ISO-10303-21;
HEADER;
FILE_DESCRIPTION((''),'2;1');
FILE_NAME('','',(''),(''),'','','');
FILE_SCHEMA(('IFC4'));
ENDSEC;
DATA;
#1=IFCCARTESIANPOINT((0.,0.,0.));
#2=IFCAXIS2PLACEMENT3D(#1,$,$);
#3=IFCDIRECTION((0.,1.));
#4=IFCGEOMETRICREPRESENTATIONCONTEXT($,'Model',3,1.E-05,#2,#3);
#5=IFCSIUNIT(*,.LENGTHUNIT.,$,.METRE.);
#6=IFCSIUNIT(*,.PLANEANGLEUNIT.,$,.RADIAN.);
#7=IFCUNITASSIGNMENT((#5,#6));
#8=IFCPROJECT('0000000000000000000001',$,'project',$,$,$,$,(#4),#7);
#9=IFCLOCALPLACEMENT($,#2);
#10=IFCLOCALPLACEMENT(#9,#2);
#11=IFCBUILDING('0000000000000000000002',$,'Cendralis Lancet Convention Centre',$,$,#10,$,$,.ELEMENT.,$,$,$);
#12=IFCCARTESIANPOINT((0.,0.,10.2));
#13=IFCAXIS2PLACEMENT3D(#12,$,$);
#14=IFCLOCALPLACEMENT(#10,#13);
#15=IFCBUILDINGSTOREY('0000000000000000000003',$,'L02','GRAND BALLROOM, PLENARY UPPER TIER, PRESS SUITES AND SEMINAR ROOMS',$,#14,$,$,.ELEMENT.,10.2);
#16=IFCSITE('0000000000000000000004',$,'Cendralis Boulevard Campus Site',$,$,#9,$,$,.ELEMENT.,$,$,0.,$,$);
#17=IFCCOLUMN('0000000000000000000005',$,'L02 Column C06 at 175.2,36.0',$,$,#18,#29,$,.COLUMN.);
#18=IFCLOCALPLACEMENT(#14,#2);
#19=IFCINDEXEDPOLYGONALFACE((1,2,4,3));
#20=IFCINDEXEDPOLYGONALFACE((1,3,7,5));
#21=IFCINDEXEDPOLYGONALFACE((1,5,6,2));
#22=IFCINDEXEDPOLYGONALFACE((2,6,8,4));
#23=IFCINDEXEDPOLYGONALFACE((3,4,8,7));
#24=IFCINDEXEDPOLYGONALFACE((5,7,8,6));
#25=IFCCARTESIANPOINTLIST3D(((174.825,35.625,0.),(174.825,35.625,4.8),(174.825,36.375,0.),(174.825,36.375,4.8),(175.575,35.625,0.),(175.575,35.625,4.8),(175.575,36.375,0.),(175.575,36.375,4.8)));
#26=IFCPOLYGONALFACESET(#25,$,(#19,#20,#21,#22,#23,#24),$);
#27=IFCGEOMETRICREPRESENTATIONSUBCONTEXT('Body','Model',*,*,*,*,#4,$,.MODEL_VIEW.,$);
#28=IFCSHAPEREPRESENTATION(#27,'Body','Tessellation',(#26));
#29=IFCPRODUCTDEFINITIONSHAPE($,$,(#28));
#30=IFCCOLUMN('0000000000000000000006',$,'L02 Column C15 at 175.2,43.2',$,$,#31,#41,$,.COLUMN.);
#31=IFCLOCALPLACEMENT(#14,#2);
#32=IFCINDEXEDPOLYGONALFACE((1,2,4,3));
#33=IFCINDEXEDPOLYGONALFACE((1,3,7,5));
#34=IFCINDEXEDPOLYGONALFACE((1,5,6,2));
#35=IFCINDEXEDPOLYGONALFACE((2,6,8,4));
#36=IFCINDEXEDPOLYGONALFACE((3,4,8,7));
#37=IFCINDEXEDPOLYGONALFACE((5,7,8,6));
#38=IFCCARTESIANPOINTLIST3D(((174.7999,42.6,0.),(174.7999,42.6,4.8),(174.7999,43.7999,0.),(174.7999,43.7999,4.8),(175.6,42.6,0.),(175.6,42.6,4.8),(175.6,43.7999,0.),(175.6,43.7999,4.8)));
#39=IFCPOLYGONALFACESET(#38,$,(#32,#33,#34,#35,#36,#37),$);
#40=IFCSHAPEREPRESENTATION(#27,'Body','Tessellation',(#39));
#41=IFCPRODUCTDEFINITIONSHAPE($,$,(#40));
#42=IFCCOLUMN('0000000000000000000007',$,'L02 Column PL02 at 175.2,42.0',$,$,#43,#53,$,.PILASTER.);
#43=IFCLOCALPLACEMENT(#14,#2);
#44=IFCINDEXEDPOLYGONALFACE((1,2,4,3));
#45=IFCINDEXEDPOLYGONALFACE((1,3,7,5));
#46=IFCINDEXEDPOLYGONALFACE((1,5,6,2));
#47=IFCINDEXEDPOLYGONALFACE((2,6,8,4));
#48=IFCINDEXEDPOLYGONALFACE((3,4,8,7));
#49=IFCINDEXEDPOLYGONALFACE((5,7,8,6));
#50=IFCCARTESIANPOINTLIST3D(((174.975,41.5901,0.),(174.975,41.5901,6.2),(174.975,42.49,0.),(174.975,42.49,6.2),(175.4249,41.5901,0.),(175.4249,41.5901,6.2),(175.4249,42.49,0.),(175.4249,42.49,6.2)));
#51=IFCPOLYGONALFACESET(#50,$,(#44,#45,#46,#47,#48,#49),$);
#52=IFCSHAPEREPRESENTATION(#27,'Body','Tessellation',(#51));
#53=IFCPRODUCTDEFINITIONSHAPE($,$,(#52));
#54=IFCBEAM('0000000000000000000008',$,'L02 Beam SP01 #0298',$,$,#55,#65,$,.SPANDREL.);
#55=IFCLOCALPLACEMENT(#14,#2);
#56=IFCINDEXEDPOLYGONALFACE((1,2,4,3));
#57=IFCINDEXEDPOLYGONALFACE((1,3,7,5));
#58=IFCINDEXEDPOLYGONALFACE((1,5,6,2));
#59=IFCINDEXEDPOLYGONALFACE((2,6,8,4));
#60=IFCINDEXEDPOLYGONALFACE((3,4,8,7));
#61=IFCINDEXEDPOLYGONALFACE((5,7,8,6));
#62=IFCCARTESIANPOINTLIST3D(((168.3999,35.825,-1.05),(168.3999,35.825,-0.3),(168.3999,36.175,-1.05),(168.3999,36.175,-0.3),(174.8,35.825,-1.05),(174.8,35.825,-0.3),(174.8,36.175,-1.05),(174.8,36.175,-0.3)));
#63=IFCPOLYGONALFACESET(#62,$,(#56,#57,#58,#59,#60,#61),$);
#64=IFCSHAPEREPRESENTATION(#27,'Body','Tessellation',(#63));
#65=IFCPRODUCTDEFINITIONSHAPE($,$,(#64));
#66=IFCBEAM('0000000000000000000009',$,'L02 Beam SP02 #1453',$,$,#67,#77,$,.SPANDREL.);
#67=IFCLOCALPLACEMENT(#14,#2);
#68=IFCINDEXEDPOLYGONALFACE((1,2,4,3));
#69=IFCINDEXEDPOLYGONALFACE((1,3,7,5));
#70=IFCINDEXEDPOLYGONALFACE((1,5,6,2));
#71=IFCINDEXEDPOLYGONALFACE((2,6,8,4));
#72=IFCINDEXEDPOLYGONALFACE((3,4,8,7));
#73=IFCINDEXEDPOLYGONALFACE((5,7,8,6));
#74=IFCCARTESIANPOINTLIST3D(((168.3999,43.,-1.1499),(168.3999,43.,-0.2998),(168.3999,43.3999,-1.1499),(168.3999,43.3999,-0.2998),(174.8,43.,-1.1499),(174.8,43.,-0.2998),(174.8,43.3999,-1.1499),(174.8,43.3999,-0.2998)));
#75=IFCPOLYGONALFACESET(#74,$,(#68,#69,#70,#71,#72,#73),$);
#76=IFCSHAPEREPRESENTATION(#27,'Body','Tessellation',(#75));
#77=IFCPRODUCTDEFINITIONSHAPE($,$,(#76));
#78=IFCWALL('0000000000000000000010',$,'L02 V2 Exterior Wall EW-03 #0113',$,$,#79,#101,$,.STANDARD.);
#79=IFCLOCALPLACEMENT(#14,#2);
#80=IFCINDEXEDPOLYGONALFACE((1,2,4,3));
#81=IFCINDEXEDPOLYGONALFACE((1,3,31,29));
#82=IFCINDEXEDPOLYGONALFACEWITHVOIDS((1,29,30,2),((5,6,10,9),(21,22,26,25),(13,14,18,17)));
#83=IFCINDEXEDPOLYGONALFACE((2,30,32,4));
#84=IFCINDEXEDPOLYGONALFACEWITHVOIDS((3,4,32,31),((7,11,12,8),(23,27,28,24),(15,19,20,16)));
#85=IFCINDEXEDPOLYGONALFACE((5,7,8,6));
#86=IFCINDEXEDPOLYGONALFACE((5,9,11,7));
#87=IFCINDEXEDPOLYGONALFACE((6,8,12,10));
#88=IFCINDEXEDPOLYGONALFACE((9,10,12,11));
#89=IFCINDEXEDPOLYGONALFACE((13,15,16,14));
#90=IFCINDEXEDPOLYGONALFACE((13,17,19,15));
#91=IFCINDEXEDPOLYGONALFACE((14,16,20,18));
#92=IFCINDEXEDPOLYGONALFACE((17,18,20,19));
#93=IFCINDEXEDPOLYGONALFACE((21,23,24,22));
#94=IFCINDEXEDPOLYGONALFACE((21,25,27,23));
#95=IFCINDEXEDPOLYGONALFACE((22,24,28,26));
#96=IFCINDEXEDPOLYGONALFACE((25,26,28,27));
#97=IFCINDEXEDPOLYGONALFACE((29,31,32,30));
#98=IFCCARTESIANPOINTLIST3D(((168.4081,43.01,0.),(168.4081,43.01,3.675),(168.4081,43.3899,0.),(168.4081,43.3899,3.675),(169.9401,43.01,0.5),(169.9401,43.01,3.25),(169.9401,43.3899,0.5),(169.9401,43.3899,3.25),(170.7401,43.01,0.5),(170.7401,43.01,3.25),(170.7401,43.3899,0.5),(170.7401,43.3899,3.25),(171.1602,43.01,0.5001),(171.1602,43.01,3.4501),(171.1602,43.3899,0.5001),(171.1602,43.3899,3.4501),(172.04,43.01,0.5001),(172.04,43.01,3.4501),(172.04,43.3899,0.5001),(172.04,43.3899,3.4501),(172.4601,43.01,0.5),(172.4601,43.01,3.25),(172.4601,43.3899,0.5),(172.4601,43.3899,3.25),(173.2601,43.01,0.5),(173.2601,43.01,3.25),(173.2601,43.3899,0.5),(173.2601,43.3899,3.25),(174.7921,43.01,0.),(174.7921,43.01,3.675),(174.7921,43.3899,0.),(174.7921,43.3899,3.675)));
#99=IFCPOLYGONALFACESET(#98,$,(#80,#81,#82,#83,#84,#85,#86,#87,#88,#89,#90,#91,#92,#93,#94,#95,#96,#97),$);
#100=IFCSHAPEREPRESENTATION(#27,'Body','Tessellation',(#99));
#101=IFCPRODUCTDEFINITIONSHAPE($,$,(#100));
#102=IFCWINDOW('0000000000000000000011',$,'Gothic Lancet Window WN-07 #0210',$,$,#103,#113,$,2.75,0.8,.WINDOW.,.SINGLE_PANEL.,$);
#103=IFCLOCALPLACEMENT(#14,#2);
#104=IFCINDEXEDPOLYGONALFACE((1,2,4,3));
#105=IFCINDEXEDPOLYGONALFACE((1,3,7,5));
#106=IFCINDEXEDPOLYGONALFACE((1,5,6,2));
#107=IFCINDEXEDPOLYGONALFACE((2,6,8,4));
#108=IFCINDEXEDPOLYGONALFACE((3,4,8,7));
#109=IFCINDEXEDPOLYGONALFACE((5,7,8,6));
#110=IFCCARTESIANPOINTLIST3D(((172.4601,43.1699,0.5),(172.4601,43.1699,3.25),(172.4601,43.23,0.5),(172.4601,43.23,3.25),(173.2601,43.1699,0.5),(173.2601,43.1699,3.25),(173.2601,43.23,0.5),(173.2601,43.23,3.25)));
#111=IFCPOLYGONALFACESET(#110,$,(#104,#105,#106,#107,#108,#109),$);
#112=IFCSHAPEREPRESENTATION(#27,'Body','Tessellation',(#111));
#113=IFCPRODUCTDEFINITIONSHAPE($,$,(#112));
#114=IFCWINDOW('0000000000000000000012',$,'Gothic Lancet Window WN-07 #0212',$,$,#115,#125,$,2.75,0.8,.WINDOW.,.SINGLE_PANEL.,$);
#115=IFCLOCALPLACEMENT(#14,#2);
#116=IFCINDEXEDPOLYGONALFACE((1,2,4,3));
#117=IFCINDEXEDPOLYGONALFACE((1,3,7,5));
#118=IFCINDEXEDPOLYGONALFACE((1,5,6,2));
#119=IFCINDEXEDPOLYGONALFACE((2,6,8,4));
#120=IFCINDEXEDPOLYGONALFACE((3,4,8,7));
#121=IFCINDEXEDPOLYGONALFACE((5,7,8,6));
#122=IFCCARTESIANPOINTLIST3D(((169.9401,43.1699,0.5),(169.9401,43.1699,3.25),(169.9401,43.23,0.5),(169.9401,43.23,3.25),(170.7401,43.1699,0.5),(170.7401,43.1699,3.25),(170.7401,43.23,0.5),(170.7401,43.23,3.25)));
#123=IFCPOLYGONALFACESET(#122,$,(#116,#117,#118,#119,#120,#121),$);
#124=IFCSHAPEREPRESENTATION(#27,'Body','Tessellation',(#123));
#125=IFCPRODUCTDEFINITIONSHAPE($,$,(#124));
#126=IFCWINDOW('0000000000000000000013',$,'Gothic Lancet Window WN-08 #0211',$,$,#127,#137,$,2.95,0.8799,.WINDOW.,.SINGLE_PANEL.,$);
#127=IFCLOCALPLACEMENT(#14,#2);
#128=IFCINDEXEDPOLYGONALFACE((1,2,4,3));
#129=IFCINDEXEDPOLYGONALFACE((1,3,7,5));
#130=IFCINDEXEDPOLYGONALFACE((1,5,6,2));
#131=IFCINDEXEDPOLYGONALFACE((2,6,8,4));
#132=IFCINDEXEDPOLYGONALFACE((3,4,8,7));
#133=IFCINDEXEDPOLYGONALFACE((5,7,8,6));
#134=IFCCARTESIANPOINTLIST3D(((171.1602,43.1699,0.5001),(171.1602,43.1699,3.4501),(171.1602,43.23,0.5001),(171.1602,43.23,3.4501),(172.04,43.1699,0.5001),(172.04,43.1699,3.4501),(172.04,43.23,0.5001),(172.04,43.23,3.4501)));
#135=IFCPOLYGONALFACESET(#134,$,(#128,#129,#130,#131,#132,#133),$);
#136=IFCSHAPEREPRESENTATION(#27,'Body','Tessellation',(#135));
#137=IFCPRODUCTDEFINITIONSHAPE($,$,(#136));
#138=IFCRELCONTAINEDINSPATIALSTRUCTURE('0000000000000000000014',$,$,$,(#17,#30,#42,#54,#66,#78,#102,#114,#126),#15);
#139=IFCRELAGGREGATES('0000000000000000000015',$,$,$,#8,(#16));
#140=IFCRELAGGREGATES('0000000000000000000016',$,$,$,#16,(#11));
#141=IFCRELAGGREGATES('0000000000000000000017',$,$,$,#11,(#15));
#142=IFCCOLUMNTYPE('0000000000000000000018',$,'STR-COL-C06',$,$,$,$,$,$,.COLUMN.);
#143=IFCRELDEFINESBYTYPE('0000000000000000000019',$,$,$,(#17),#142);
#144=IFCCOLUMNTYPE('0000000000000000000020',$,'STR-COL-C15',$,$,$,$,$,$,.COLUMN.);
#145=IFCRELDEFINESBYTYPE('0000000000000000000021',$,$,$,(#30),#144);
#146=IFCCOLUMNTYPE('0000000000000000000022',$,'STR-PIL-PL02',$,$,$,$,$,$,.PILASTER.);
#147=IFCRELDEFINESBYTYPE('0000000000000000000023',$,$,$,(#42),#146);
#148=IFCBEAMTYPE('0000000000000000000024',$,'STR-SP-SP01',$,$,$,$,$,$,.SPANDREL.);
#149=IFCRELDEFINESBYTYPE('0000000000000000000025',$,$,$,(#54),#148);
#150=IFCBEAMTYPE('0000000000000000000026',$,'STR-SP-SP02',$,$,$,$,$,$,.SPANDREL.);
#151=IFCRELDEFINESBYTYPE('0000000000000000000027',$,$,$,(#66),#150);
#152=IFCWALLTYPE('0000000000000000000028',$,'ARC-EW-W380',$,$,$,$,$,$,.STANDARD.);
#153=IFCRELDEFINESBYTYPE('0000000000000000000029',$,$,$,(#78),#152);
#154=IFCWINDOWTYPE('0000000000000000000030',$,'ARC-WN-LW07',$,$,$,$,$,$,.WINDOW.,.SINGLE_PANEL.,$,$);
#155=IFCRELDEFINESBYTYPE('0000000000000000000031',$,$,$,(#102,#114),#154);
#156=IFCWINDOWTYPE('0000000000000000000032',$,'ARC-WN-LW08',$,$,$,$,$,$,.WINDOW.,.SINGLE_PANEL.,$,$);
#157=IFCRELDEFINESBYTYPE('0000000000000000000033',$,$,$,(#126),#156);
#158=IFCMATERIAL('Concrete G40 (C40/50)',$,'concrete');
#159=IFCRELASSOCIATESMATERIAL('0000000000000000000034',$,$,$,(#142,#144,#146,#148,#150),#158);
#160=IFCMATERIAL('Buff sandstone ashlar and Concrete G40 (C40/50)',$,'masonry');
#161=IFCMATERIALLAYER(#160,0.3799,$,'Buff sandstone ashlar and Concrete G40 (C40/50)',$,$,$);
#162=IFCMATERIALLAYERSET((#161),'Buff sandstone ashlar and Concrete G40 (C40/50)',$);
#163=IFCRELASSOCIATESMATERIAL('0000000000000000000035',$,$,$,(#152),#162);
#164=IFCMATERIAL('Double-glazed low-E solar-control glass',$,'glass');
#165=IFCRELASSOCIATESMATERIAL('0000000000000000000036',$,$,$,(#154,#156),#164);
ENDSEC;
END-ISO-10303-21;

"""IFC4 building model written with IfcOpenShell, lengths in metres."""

from ifc_helpers import new_model, si_unit, direction, frame, frame_2d, origin, origin_2d, place, context, subcontext, project, spatial, rectangle, extrude, material, layer, layer_set, material_profile, profile_set, type_object, element, fill, save


model = new_model("IFC4")

# Units and contexts
model_context = context("Model", 3, precision=1e-05, world=origin(), true_north=direction((0.0, 1.0)))
body_context = subcontext(model_context, "Body", "Model", "MODEL_VIEW")
ifc_project = project(units=[si_unit("LENGTHUNIT", "METRE"), si_unit("PLANEANGLEUNIT", "RADIAN")], contexts=[model_context])

# Site, building, storey
site_placement = place(None, origin())
site = spatial("IfcSite", under=ifc_project, at=site_placement, Name="Cendralis Boulevard Campus Site", CompositionType="ELEMENT", RefElevation=0.0)
building_placement = place(site_placement, origin())
building = spatial("IfcBuilding", under=site, at=building_placement, Name="Cendralis Lancet Convention Centre", CompositionType="ELEMENT")
storey_placement = place(building_placement, frame((0.0, 0.0, 10.2)))
storey = spatial("IfcBuildingStorey", under=building, at=storey_placement, Name="L02", Description="GRAND BALLROOM, PLENARY UPPER TIER, PRESS SUITES AND SEMINAR ROOMS", CompositionType="ELEMENT", Elevation=10.2)

# Columns
ifc_material_1 = material(Name="Concrete G40 (C40/50)", Category="concrete")
ifc_material_profile_1 = material_profile(ifc_material_1, rectangle(XDim=0.75, YDim=0.75, at=origin_2d()), Name="RC 750x750")
ifc_profile_set_1 = profile_set([ifc_material_profile_1], Name="Concrete G40 (C40/50)")
column_type_1 = type_object("IfcColumnType", Name="STR-COL-C06", PredefinedType="COLUMN", material=ifc_profile_set_1)
column_1_placement = place(storey_placement, frame((175.2, 36.0, 0.0), z_axis=(0.0, 0.0, 1.0), x_axis=(1.0, 0.0, 0.0)))
element("IfcColumn", 1, at=column_1_placement, inside=storey, type_object=column_type_1, Name="L02 Column C06 at 175.2,36.0", PredefinedType="COLUMN", context=body_context, shape_type="SweptSolid", body=[
    extrude(rectangle(XDim=0.75, YDim=0.75, at=origin_2d()), origin(), (0.0, 0.0, 1.0), 4.8),
])
ifc_material_profile_2 = material_profile(ifc_material_1, rectangle(XDim=0.8, YDim=1.2, at=origin_2d()), Name="RC 800x1200")
ifc_profile_set_2 = profile_set([ifc_material_profile_2], Name="Concrete G40 (C40/50)")
column_type_2 = type_object("IfcColumnType", Name="STR-COL-C15", PredefinedType="COLUMN", material=ifc_profile_set_2)
column_2_placement = place(storey_placement, frame((175.2, 43.2, 0.0), z_axis=(0.0, 0.0, 1.0), x_axis=(1.0, 0.0, 0.0)))
element("IfcColumn", 2, at=column_2_placement, inside=storey, type_object=column_type_2, Name="L02 Column C15 at 175.2,43.2", PredefinedType="COLUMN", context=body_context, shape_type="SweptSolid", body=[
    extrude(rectangle(XDim=0.8, YDim=1.2, at=origin_2d()), origin(), (0.0, 0.0, 1.0), 4.8),
])
ifc_material_profile_3 = material_profile(ifc_material_1, rectangle(XDim=0.45, YDim=0.8999, at=origin_2d()), Name="RC 450x900")
ifc_profile_set_3 = profile_set([ifc_material_profile_3], Name="Concrete G40 (C40/50)")
column_type_3 = type_object("IfcColumnType", Name="STR-PIL-PL02", PredefinedType="PILASTER", material=ifc_profile_set_3)
column_3_placement = place(storey_placement, frame((175.2, 42.04, 0.0), z_axis=(0.0, 0.0, 1.0), x_axis=(1.0, 0.0, 0.0)))
element("IfcColumn", 3, at=column_3_placement, inside=storey, type_object=column_type_3, Name="L02 Column PL02 at 175.2,42.0", PredefinedType="PILASTER", context=body_context, shape_type="SweptSolid", body=[
    extrude(rectangle(XDim=0.45, YDim=0.8999, at=origin_2d()), origin(), (0.0, 0.0, 1.0), 6.2),
])

# Beams
ifc_material_profile_4 = material_profile(ifc_material_1, rectangle(XDim=0.3501, YDim=0.75, at=origin_2d()), Name="RCB 350x750")
ifc_profile_set_4 = profile_set([ifc_material_profile_4], Name="Concrete G40 (C40/50)")
beam_type_1 = type_object("IfcBeamType", Name="STR-SP-SP01", PredefinedType="SPANDREL", material=ifc_profile_set_4)
beam_1_placement = place(storey_placement, frame((168.3999, 36.0, -0.675), z_axis=(1.0, 0.0, 0.0), x_axis=(0.0, 1.0, 0.0)))
element("IfcBeam", 4, at=beam_1_placement, inside=storey, type_object=beam_type_1, Name="L02 Beam SP01 #0298", PredefinedType="SPANDREL", context=body_context, shape_type="SweptSolid", body=[
    extrude(rectangle(XDim=0.3501, YDim=0.75, at=origin_2d()), origin(), (0.0, 0.0, 1.0), 6.4001),
])
ifc_material_profile_5 = material_profile(ifc_material_1, rectangle(XDim=0.3999, YDim=0.8501, at=origin_2d()), Name="RCB 400x850")
ifc_profile_set_5 = profile_set([ifc_material_profile_5], Name="Concrete G40 (C40/50)")
beam_type_2 = type_object("IfcBeamType", Name="STR-SP-SP02", PredefinedType="SPANDREL", material=ifc_profile_set_5)
beam_2_placement = place(storey_placement, frame((168.3999, 43.2, -0.7249), z_axis=(1.0, 0.0, 0.0), x_axis=(0.0, 1.0, 0.0)))
element("IfcBeam", 5, at=beam_2_placement, inside=storey, type_object=beam_type_2, Name="L02 Beam SP02 #1453", PredefinedType="SPANDREL", context=body_context, shape_type="SweptSolid", body=[
    extrude(rectangle(XDim=0.3999, YDim=0.8501, at=origin_2d()), origin(), (0.0, 0.0, 1.0), 6.4001),
])

# Wall, openings, windows
ifc_material_2 = material(Name="Buff sandstone ashlar and Concrete G40 (C40/50)", Category="masonry")
ifc_layer_1 = layer(ifc_material_2, 0.3799, Name="Buff sandstone ashlar and Concrete G40 (C40/50)")
ifc_layer_set_1 = layer_set([ifc_layer_1], Name="Buff sandstone ashlar and Concrete G40 (C40/50)")
wall_type_1 = type_object("IfcWallType", Name="ARC-EW-W380", PredefinedType="STANDARD", material=ifc_layer_set_1)
wall_1_placement = place(storey_placement, frame((174.792, 43.2, 0.0), z_axis=(0.0, 0.0, 1.0), x_axis=(-1.0, 0.0, 0.0)))
wall_1 = element("IfcWall", 6, at=wall_1_placement, inside=storey, type_object=wall_type_1, Name="L02 V2 Exterior Wall EW-03 #0113", PredefinedType="STANDARD", context=body_context, shape_type="SweptSolid", body=[
    extrude(rectangle(XDim=6.384, YDim=0.3799, at=frame_2d((3.1919, 0.0))), origin(), (0.0, 0.0, 1.0), 3.675),
])
opening_1_placement = place(wall_1_placement, frame((1.532, 0.0, 0.5)))
opening_1 = element("IfcOpeningElement", 7, at=opening_1_placement, cuts=wall_1, PredefinedType="OPENING", context=body_context, shape_type="SweptSolid", body=[
    extrude(rectangle(XDim=0.8, YDim=2.75, at=frame_2d((0.3999, 1.375))), frame((0.0, 0.2, 0.0), z_axis=(0.0, -1.0, 0.0), x_axis=(1.0, 0.0, 0.0)), (0.0, 0.0, 1.0), 0.3999),
])
opening_2_placement = place(wall_1_placement, frame((2.752, 0.0, 0.5)))
opening_2 = element("IfcOpeningElement", 8, at=opening_2_placement, cuts=wall_1, PredefinedType="OPENING", context=body_context, shape_type="SweptSolid", body=[
    extrude(rectangle(XDim=0.8799, YDim=2.95, at=frame_2d((0.4399, 1.4751))), frame((0.0, 0.2, 0.0), z_axis=(0.0, -1.0, 0.0), x_axis=(1.0, 0.0, 0.0)), (0.0, 0.0, 1.0), 0.3999),
])
opening_3_placement = place(wall_1_placement, frame((4.052, 0.0, 0.5)))
opening_3 = element("IfcOpeningElement", 9, at=opening_3_placement, cuts=wall_1, PredefinedType="OPENING", context=body_context, shape_type="SweptSolid", body=[
    extrude(rectangle(XDim=0.8, YDim=2.75, at=frame_2d((0.3999, 1.375))), frame((0.0, 0.2, 0.0), z_axis=(0.0, -1.0, 0.0), x_axis=(1.0, 0.0, 0.0)), (0.0, 0.0, 1.0), 0.3999),
])
ifc_material_3 = material(Name="Double-glazed low-E solar-control glass", Category="glass")
window_type_1 = type_object("IfcWindowType", Name="ARC-WN-LW07", PartitioningType="SINGLE_PANEL", PredefinedType="WINDOW", material=ifc_material_3)
window_1_placement = place(opening_1_placement, origin())
window_1 = element("IfcWindow", 10, at=window_1_placement, inside=storey, type_object=window_type_1, Name="Gothic Lancet Window WN-07 #0210", OverallHeight=2.75, OverallWidth=0.8, PartitioningType="SINGLE_PANEL", PredefinedType="WINDOW", context=body_context, shape_type="SweptSolid", body=[
    extrude(rectangle(XDim=0.8, YDim=2.75, at=frame_2d((0.3999, 1.375))), frame((0.0, 0.03, 0.0), z_axis=(0.0, -1.0, 0.0), x_axis=(1.0, 0.0, 0.0)), (0.0, 0.0, 1.0), 0.0601),
])
fill(opening_1, window_1)
window_2_placement = place(opening_3_placement, origin())
window_2 = element("IfcWindow", 11, at=window_2_placement, inside=storey, type_object=window_type_1, Name="Gothic Lancet Window WN-07 #0212", OverallHeight=2.75, OverallWidth=0.8, PartitioningType="SINGLE_PANEL", PredefinedType="WINDOW", context=body_context, shape_type="SweptSolid", body=[
    extrude(rectangle(XDim=0.8, YDim=2.75, at=frame_2d((0.3999, 1.375))), frame((0.0, 0.03, 0.0), z_axis=(0.0, -1.0, 0.0), x_axis=(1.0, 0.0, 0.0)), (0.0, 0.0, 1.0), 0.0601),
])
fill(opening_3, window_2)
window_type_2 = type_object("IfcWindowType", Name="ARC-WN-LW08", PartitioningType="SINGLE_PANEL", PredefinedType="WINDOW", material=ifc_material_3)
window_3_placement = place(opening_2_placement, origin())
window_3 = element("IfcWindow", 12, at=window_3_placement, inside=storey, type_object=window_type_2, Name="Gothic Lancet Window WN-08 #0211", OverallHeight=2.95, OverallWidth=0.8799, PartitioningType="SINGLE_PANEL", PredefinedType="WINDOW", context=body_context, shape_type="SweptSolid", body=[
    extrude(rectangle(XDim=0.8799, YDim=2.95, at=frame_2d((0.4399, 1.4751))), frame((0.0, 0.03, 0.0), z_axis=(0.0, -1.0, 0.0), x_axis=(1.0, 0.0, 0.0)), (0.0, 0.0, 1.0), 0.0601),
])
fill(opening_2, window_3)

save(model, "model.ifc")
